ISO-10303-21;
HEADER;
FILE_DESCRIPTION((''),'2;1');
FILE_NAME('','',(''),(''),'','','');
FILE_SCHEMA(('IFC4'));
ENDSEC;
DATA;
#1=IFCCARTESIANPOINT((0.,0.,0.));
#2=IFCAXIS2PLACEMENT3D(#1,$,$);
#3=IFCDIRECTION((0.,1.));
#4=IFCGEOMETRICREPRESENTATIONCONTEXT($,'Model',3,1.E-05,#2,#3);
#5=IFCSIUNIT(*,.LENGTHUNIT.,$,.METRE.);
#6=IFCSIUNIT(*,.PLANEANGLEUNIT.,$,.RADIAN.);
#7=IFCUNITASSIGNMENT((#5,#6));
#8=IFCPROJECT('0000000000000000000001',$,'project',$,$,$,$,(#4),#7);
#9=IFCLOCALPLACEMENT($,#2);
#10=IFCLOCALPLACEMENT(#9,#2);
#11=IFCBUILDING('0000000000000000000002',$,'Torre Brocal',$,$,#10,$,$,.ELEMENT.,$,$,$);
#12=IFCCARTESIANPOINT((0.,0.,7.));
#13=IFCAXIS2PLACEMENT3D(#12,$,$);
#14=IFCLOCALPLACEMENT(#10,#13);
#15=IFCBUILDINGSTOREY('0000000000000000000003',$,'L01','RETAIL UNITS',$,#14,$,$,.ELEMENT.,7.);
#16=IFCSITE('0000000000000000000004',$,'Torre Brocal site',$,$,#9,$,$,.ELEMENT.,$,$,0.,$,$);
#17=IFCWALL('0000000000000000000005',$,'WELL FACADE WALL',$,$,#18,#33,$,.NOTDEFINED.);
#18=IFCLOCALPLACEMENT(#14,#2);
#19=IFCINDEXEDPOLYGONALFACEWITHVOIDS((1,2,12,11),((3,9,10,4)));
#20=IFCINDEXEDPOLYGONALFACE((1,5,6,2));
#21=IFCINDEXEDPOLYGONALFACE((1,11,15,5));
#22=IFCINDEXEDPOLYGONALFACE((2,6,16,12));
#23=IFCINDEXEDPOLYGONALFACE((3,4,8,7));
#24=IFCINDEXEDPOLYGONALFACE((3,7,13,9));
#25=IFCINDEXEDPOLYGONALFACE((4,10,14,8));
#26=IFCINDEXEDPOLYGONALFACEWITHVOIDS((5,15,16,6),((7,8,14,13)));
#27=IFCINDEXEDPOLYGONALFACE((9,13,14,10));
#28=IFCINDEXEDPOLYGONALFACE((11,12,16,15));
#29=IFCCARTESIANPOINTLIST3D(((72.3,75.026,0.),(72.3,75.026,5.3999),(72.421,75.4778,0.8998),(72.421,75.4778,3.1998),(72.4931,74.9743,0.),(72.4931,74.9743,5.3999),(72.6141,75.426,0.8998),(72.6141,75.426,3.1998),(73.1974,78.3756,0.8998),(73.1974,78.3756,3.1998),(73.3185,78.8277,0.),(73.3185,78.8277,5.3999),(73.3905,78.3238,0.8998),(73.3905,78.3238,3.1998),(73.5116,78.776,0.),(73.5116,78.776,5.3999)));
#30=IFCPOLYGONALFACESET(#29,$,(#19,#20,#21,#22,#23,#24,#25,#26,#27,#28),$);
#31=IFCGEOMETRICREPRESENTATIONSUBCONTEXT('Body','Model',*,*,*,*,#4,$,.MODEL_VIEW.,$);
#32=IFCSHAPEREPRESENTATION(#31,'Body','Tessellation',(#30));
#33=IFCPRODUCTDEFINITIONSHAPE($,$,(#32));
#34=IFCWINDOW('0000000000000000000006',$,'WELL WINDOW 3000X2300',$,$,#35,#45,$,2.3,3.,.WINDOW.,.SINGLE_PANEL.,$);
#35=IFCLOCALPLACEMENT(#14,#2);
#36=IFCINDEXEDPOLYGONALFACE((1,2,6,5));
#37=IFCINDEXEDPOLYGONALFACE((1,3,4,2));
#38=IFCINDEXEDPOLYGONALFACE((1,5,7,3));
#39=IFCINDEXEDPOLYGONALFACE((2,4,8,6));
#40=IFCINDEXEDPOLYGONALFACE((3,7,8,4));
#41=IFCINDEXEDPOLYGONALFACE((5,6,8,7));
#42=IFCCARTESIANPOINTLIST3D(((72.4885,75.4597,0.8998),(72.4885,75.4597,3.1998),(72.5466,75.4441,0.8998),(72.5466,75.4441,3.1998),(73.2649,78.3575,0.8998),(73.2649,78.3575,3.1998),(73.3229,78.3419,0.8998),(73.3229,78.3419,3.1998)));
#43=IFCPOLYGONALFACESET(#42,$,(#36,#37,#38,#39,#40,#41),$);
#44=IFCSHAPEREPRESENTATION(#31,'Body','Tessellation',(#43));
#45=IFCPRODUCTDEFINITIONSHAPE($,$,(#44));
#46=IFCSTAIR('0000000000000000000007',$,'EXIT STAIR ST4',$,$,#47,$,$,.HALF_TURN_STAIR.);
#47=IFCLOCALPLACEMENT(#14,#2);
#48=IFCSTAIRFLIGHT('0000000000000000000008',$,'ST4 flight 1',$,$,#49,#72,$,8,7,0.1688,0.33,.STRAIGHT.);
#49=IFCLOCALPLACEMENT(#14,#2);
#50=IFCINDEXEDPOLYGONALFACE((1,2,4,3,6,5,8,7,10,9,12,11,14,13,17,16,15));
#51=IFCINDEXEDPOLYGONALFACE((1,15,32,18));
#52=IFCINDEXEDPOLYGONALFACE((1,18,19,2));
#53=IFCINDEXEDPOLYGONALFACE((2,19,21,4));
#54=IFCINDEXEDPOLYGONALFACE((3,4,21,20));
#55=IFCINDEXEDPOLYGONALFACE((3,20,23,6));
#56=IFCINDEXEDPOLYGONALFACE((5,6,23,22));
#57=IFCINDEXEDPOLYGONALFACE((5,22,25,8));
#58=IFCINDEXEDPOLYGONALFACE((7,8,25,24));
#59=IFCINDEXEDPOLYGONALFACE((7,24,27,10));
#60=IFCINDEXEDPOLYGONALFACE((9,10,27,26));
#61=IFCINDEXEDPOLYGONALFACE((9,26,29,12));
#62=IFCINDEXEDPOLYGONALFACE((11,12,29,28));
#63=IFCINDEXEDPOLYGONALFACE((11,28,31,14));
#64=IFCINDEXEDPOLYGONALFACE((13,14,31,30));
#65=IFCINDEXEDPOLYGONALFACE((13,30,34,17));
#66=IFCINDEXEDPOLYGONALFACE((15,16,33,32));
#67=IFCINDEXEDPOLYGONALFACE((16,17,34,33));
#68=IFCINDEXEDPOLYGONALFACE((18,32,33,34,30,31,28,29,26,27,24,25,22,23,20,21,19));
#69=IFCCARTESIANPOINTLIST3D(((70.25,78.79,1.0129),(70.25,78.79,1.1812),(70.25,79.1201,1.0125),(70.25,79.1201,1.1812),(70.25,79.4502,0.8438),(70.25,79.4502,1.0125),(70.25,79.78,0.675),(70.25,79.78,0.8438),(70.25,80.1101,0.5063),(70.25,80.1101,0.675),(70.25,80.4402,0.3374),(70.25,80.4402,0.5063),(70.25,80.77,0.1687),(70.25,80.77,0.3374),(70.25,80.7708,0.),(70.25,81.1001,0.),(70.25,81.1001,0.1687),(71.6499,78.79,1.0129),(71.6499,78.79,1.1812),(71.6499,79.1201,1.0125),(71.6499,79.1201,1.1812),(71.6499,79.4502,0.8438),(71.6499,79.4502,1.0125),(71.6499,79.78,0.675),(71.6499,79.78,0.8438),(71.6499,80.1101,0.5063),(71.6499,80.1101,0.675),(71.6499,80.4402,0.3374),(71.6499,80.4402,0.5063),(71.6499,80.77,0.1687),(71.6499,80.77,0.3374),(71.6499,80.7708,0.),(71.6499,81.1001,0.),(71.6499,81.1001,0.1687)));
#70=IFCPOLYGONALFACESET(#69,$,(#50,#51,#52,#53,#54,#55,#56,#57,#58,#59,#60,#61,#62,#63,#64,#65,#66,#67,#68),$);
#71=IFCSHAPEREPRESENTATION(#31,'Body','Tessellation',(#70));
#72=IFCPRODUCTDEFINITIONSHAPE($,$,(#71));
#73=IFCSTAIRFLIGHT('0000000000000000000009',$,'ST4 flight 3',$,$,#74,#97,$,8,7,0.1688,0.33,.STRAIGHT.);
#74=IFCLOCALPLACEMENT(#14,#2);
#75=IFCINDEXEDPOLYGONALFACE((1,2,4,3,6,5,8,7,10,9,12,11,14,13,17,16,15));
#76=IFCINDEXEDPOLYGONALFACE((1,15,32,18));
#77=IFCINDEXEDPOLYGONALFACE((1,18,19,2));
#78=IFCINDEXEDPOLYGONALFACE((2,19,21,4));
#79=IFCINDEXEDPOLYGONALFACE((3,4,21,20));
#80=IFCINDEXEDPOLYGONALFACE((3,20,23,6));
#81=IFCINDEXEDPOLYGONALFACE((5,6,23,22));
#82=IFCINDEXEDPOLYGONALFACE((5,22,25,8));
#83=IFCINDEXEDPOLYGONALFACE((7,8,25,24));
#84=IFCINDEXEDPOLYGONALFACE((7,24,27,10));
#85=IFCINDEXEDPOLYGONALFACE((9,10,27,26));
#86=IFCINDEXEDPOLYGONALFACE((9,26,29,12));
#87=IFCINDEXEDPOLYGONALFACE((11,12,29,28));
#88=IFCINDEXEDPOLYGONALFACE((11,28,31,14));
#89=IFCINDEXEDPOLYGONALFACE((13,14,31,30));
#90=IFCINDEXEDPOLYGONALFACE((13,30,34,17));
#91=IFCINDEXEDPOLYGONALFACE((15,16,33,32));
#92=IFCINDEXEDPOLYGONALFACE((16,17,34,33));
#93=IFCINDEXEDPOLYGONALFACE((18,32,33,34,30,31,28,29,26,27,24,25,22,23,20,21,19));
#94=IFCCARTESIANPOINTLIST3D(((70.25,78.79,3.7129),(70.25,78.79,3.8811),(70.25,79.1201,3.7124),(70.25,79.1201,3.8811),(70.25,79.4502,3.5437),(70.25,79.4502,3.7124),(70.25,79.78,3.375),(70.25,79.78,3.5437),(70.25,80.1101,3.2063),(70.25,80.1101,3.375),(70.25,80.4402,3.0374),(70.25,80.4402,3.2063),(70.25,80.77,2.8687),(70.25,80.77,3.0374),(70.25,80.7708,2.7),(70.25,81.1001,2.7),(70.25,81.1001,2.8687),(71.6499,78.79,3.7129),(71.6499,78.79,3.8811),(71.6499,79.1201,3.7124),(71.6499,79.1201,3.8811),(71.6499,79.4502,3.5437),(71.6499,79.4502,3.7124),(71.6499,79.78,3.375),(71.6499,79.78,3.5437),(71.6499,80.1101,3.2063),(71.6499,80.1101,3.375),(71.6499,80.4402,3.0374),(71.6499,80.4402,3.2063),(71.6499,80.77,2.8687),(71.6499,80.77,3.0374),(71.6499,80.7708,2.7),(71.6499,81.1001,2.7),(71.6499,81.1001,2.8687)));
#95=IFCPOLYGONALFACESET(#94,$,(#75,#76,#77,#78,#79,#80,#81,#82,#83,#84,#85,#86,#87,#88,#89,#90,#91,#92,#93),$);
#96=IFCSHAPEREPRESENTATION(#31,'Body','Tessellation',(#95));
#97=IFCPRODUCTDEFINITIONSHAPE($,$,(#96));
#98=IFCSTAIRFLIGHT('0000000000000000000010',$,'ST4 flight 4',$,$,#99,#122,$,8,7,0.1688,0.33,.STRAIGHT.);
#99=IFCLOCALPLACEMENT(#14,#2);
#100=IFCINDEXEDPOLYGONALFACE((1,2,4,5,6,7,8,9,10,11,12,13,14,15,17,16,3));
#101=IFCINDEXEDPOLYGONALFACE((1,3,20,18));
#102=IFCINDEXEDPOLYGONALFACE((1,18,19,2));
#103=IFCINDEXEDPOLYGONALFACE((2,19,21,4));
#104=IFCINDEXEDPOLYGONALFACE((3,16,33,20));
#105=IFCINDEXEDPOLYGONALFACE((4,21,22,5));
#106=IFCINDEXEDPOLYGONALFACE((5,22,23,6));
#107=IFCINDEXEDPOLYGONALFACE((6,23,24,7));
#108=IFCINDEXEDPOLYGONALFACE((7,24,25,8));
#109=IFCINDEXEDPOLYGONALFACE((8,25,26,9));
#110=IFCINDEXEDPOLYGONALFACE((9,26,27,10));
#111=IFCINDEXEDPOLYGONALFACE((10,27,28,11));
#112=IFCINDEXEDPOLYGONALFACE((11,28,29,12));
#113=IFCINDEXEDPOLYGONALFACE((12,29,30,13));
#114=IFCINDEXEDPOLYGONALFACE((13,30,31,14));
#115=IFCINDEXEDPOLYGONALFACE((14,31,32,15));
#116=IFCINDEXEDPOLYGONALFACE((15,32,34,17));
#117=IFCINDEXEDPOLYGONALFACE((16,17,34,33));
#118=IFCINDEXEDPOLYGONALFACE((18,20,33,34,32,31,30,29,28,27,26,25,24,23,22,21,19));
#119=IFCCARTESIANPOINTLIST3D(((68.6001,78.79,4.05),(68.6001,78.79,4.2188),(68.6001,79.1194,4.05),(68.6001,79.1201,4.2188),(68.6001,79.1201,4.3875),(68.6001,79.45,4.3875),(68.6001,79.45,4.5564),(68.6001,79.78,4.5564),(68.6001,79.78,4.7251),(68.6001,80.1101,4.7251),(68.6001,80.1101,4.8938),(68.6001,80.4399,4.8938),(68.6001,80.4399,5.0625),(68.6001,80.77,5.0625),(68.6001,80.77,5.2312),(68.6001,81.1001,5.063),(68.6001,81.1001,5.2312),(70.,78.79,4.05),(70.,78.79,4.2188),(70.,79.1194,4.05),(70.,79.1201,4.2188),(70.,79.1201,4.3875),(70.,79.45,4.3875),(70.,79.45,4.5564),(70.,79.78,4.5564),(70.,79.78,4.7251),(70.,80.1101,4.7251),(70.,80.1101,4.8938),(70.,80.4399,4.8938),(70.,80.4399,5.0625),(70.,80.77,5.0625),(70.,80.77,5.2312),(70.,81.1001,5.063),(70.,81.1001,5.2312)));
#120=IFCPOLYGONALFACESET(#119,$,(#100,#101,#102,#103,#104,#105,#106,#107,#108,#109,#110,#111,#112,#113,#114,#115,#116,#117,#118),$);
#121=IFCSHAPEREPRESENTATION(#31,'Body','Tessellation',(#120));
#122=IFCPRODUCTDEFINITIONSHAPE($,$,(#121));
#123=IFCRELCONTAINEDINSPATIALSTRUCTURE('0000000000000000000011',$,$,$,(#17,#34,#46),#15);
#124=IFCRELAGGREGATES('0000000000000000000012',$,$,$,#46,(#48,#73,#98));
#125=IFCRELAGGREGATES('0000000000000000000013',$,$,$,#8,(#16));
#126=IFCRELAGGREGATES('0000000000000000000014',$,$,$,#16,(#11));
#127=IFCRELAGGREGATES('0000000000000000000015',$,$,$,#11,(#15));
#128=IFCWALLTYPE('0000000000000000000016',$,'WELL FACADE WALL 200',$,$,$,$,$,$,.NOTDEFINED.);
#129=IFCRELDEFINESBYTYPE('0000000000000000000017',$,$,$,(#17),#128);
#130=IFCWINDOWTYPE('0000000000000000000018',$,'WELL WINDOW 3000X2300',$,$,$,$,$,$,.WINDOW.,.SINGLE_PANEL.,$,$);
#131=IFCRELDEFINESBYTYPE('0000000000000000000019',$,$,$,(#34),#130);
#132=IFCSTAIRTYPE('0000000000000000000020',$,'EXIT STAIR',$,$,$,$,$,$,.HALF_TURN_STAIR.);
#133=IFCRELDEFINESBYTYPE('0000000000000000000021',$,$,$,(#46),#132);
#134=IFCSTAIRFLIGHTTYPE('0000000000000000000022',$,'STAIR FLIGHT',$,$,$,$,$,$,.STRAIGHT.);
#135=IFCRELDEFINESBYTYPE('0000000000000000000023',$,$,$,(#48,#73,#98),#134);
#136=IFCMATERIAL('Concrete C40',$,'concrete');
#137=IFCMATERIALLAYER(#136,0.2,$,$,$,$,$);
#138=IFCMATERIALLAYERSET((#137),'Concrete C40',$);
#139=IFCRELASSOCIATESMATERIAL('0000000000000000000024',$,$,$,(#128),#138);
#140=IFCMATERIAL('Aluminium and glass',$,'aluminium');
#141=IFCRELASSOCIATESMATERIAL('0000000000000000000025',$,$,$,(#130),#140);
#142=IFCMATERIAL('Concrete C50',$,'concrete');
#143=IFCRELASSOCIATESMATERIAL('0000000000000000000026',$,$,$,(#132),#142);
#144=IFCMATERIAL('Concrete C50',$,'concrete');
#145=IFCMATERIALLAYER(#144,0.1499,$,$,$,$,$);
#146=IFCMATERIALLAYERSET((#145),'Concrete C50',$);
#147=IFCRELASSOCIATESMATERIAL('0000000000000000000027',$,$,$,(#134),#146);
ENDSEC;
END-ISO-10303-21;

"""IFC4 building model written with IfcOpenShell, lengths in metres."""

from ifc_helpers import new_model, si_unit, direction, frame, frame_2d, origin, place, context, subcontext, project, spatial, polyline, rectangle, outline, extrude, material, layer, layer_set, type_object, element, fill, aggregate, save


model = new_model("IFC4")

# Units and contexts
model_context = context("Model", 3, precision=1e-05, world=origin(), true_north=direction((0.0, 1.0)))
body_context = subcontext(model_context, "Body", "Model", "MODEL_VIEW")
ifc_project = project(units=[si_unit("LENGTHUNIT", "METRE"), si_unit("PLANEANGLEUNIT", "RADIAN")], contexts=[model_context])

# Site, building, storey
site_placement = place(None, origin())
site = spatial("IfcSite", under=ifc_project, at=site_placement, Name="Torre Brocal site", CompositionType="ELEMENT", RefElevation=0.0)
building_placement = place(site_placement, origin())
building = spatial("IfcBuilding", under=site, at=building_placement, Name="Torre Brocal", CompositionType="ELEMENT")
storey_placement = place(building_placement, frame((0.0, 0.0, 7.0)))
storey = spatial("IfcBuildingStorey", under=building, at=storey_placement, Name="L01", Description="RETAIL UNITS", CompositionType="ELEMENT", Elevation=7.0)

# Wall, opening, window
ifc_material_1 = material(Name="Concrete C40", Category="concrete")
ifc_layer_1 = layer(ifc_material_1, 0.2)
ifc_layer_set_1 = layer_set([ifc_layer_1], Name="Concrete C40")
wall_type_1 = type_object("IfcWallType", Name="WELL FACADE WALL 200", PredefinedType="NOTDEFINED", material=ifc_layer_set_1)
wall_1_placement = place(storey_placement, frame((73.415, 78.8018, 0.0), z_axis=(0.0, 0.0, 1.0), x_axis=(-0.25879, -0.965934, 0.0)))
wall_1 = element("IfcWall", 1, at=wall_1_placement, inside=storey, type_object=wall_type_1, Name="WELL FACADE WALL", PredefinedType="NOTDEFINED", context=body_context, shape_type="SweptSolid", body=[
    extrude(rectangle(XDim=3.9358, YDim=0.2, at=frame_2d((1.9678, 0.0))), origin(), (0.0, 0.0, 1.0), 5.3999),
])
opening_1_placement = place(wall_1_placement, frame((0.468, 0.0, 0.8999)))
opening_1 = element("IfcOpeningElement", 2, at=opening_1_placement, cuts=wall_1, PredefinedType="OPENING", context=body_context, shape_type="SweptSolid", body=[
    extrude(rectangle(XDim=3.0, YDim=2.3, at=frame_2d((1.5, 1.1499))), frame((0.0, 0.1099, 0.0), z_axis=(0.0, -1.0, 0.0), x_axis=(1.0, 0.0, 0.0)), (0.0, 0.0, 1.0), 0.22),
])
ifc_material_2 = material(Name="Aluminium and glass", Category="aluminium")
window_type = type_object("IfcWindowType", Name="WELL WINDOW 3000X2300", PartitioningType="SINGLE_PANEL", PredefinedType="WINDOW", material=ifc_material_2)
window_placement = place(opening_1_placement, origin())
window = element("IfcWindow", 3, at=window_placement, inside=storey, type_object=window_type, Name="WELL WINDOW 3000X2300", OverallHeight=2.3, OverallWidth=3.0, PartitioningType="SINGLE_PANEL", PredefinedType="WINDOW", context=body_context, shape_type="SweptSolid", body=[
    extrude(rectangle(XDim=3.0, YDim=2.3, at=frame_2d((1.5, 1.1499))), frame((0.0, 0.03, 0.0), z_axis=(0.0, -1.0, 0.0), x_axis=(1.0, 0.0, 0.0)), (0.0, 0.0, 1.0), 0.0601),
])
fill(opening_1, window)

# Stair, stair flights
ifc_material_3 = material(Name="Concrete C50", Category="concrete")
stair_type = type_object("IfcStairType", Name="EXIT STAIR", PredefinedType="HALF_TURN_STAIR", material=ifc_material_3)
stair_placement = place(storey_placement, origin())
stair = element("IfcStair", 4, at=stair_placement, inside=storey, type_object=stair_type, Name="EXIT STAIR ST4", PredefinedType="HALF_TURN_STAIR")
ifc_material_4 = material(Name="Concrete C50", Category="concrete")
ifc_layer_2 = layer(ifc_material_4, 0.1499)
ifc_layer_set_2 = layer_set([ifc_layer_2], Name="Concrete C50")
stair_flight_type = type_object("IfcStairFlightType", Name="STAIR FLIGHT", PredefinedType="STRAIGHT", material=ifc_layer_set_2)
stair_flight_1_placement = place(storey_placement, frame((70.95, 81.1001, 0.0), z_axis=(0.0, 0.0, 1.0), x_axis=(0.0, -1.0, 0.0)))
stair_flight_1 = element("IfcStairFlight", 5, at=stair_flight_1_placement, type_object=stair_flight_type, Name="ST4 flight 1", NumberOfRisers=8, NumberOfTreads=7, PredefinedType="STRAIGHT", RiserHeight=0.1688, TreadLength=0.33, context=body_context, shape_type="SweptSolid", body=[
    extrude(outline(polyline([(0.0, 0.0), (0.0, 0.1687), (0.3301, 0.1687), (0.3301, 0.3374), (0.6599, 0.3374), (0.6599, 0.5063), (0.99, 0.5063), (0.99, 0.675), (1.3201, 0.675), (1.3201, 0.8438), (1.6499, 0.8438), (1.6499, 1.0125), (1.98, 1.0125), (1.98, 1.1812), (2.3101, 1.1812), (2.3101, 1.3501), (2.3101, 1.0129), (0.3293, 0.0), (0.0, 0.0)])), frame((0.0, 0.7, 0.0), z_axis=(0.0, -1.0, 0.0), x_axis=(1.0, 0.0, 0.0)), (0.0, 0.0, 1.0), 1.3999),
])
stair_flight_2_placement = place(storey_placement, frame((70.95, 81.1001, 2.7), z_axis=(0.0, 0.0, 1.0), x_axis=(0.0, -1.0, 0.0)))
stair_flight_2 = element("IfcStairFlight", 6, at=stair_flight_2_placement, type_object=stair_flight_type, Name="ST4 flight 3", NumberOfRisers=8, NumberOfTreads=7, PredefinedType="STRAIGHT", RiserHeight=0.1688, TreadLength=0.33, context=body_context, shape_type="SweptSolid", body=[
    extrude(outline(polyline([(0.0, 0.0), (0.0, 0.1687), (0.3301, 0.1687), (0.3301, 0.3374), (0.6599, 0.3374), (0.6599, 0.5063), (0.99, 0.5063), (0.99, 0.675), (1.3201, 0.675), (1.3201, 0.8438), (1.6499, 0.8438), (1.6499, 1.0125), (1.98, 1.0125), (1.98, 1.1812), (2.3101, 1.1812), (2.3101, 1.3501), (2.3101, 1.0129), (0.3293, 0.0), (0.0, 0.0)])), frame((0.0, 0.7, 0.0), z_axis=(0.0, -1.0, 0.0), x_axis=(1.0, 0.0, 0.0)), (0.0, 0.0, 1.0), 1.3999),
])
stair_flight_3_placement = place(storey_placement, frame((69.3, 78.79, 4.05), z_axis=(0.0, 0.0, 1.0), x_axis=(0.0, 1.0, 0.0)))
stair_flight_3 = element("IfcStairFlight", 7, at=stair_flight_3_placement, type_object=stair_flight_type, Name="ST4 flight 4", NumberOfRisers=8, NumberOfTreads=7, PredefinedType="STRAIGHT", RiserHeight=0.1688, TreadLength=0.33, context=body_context, shape_type="SweptSolid", body=[
    extrude(outline(polyline([(0.0, 0.0), (0.0, 0.1687), (0.3301, 0.1687), (0.3301, 0.3374), (0.6599, 0.3374), (0.6599, 0.5063), (0.99, 0.5063), (0.99, 0.675), (1.3201, 0.675), (1.3201, 0.8438), (1.6499, 0.8438), (1.6499, 1.0125), (1.98, 1.0125), (1.98, 1.1812), (2.3101, 1.1812), (2.3101, 1.3501), (2.3101, 1.0129), (0.3293, 0.0), (0.0, 0.0)])), frame((0.0, 0.7, 0.0), z_axis=(0.0, -1.0, 0.0), x_axis=(1.0, 0.0, 0.0)), (0.0, 0.0, 1.0), 1.3999),
])
aggregate(stair, [stair_flight_1, stair_flight_2, stair_flight_3])

save(model, "model.ifc")
